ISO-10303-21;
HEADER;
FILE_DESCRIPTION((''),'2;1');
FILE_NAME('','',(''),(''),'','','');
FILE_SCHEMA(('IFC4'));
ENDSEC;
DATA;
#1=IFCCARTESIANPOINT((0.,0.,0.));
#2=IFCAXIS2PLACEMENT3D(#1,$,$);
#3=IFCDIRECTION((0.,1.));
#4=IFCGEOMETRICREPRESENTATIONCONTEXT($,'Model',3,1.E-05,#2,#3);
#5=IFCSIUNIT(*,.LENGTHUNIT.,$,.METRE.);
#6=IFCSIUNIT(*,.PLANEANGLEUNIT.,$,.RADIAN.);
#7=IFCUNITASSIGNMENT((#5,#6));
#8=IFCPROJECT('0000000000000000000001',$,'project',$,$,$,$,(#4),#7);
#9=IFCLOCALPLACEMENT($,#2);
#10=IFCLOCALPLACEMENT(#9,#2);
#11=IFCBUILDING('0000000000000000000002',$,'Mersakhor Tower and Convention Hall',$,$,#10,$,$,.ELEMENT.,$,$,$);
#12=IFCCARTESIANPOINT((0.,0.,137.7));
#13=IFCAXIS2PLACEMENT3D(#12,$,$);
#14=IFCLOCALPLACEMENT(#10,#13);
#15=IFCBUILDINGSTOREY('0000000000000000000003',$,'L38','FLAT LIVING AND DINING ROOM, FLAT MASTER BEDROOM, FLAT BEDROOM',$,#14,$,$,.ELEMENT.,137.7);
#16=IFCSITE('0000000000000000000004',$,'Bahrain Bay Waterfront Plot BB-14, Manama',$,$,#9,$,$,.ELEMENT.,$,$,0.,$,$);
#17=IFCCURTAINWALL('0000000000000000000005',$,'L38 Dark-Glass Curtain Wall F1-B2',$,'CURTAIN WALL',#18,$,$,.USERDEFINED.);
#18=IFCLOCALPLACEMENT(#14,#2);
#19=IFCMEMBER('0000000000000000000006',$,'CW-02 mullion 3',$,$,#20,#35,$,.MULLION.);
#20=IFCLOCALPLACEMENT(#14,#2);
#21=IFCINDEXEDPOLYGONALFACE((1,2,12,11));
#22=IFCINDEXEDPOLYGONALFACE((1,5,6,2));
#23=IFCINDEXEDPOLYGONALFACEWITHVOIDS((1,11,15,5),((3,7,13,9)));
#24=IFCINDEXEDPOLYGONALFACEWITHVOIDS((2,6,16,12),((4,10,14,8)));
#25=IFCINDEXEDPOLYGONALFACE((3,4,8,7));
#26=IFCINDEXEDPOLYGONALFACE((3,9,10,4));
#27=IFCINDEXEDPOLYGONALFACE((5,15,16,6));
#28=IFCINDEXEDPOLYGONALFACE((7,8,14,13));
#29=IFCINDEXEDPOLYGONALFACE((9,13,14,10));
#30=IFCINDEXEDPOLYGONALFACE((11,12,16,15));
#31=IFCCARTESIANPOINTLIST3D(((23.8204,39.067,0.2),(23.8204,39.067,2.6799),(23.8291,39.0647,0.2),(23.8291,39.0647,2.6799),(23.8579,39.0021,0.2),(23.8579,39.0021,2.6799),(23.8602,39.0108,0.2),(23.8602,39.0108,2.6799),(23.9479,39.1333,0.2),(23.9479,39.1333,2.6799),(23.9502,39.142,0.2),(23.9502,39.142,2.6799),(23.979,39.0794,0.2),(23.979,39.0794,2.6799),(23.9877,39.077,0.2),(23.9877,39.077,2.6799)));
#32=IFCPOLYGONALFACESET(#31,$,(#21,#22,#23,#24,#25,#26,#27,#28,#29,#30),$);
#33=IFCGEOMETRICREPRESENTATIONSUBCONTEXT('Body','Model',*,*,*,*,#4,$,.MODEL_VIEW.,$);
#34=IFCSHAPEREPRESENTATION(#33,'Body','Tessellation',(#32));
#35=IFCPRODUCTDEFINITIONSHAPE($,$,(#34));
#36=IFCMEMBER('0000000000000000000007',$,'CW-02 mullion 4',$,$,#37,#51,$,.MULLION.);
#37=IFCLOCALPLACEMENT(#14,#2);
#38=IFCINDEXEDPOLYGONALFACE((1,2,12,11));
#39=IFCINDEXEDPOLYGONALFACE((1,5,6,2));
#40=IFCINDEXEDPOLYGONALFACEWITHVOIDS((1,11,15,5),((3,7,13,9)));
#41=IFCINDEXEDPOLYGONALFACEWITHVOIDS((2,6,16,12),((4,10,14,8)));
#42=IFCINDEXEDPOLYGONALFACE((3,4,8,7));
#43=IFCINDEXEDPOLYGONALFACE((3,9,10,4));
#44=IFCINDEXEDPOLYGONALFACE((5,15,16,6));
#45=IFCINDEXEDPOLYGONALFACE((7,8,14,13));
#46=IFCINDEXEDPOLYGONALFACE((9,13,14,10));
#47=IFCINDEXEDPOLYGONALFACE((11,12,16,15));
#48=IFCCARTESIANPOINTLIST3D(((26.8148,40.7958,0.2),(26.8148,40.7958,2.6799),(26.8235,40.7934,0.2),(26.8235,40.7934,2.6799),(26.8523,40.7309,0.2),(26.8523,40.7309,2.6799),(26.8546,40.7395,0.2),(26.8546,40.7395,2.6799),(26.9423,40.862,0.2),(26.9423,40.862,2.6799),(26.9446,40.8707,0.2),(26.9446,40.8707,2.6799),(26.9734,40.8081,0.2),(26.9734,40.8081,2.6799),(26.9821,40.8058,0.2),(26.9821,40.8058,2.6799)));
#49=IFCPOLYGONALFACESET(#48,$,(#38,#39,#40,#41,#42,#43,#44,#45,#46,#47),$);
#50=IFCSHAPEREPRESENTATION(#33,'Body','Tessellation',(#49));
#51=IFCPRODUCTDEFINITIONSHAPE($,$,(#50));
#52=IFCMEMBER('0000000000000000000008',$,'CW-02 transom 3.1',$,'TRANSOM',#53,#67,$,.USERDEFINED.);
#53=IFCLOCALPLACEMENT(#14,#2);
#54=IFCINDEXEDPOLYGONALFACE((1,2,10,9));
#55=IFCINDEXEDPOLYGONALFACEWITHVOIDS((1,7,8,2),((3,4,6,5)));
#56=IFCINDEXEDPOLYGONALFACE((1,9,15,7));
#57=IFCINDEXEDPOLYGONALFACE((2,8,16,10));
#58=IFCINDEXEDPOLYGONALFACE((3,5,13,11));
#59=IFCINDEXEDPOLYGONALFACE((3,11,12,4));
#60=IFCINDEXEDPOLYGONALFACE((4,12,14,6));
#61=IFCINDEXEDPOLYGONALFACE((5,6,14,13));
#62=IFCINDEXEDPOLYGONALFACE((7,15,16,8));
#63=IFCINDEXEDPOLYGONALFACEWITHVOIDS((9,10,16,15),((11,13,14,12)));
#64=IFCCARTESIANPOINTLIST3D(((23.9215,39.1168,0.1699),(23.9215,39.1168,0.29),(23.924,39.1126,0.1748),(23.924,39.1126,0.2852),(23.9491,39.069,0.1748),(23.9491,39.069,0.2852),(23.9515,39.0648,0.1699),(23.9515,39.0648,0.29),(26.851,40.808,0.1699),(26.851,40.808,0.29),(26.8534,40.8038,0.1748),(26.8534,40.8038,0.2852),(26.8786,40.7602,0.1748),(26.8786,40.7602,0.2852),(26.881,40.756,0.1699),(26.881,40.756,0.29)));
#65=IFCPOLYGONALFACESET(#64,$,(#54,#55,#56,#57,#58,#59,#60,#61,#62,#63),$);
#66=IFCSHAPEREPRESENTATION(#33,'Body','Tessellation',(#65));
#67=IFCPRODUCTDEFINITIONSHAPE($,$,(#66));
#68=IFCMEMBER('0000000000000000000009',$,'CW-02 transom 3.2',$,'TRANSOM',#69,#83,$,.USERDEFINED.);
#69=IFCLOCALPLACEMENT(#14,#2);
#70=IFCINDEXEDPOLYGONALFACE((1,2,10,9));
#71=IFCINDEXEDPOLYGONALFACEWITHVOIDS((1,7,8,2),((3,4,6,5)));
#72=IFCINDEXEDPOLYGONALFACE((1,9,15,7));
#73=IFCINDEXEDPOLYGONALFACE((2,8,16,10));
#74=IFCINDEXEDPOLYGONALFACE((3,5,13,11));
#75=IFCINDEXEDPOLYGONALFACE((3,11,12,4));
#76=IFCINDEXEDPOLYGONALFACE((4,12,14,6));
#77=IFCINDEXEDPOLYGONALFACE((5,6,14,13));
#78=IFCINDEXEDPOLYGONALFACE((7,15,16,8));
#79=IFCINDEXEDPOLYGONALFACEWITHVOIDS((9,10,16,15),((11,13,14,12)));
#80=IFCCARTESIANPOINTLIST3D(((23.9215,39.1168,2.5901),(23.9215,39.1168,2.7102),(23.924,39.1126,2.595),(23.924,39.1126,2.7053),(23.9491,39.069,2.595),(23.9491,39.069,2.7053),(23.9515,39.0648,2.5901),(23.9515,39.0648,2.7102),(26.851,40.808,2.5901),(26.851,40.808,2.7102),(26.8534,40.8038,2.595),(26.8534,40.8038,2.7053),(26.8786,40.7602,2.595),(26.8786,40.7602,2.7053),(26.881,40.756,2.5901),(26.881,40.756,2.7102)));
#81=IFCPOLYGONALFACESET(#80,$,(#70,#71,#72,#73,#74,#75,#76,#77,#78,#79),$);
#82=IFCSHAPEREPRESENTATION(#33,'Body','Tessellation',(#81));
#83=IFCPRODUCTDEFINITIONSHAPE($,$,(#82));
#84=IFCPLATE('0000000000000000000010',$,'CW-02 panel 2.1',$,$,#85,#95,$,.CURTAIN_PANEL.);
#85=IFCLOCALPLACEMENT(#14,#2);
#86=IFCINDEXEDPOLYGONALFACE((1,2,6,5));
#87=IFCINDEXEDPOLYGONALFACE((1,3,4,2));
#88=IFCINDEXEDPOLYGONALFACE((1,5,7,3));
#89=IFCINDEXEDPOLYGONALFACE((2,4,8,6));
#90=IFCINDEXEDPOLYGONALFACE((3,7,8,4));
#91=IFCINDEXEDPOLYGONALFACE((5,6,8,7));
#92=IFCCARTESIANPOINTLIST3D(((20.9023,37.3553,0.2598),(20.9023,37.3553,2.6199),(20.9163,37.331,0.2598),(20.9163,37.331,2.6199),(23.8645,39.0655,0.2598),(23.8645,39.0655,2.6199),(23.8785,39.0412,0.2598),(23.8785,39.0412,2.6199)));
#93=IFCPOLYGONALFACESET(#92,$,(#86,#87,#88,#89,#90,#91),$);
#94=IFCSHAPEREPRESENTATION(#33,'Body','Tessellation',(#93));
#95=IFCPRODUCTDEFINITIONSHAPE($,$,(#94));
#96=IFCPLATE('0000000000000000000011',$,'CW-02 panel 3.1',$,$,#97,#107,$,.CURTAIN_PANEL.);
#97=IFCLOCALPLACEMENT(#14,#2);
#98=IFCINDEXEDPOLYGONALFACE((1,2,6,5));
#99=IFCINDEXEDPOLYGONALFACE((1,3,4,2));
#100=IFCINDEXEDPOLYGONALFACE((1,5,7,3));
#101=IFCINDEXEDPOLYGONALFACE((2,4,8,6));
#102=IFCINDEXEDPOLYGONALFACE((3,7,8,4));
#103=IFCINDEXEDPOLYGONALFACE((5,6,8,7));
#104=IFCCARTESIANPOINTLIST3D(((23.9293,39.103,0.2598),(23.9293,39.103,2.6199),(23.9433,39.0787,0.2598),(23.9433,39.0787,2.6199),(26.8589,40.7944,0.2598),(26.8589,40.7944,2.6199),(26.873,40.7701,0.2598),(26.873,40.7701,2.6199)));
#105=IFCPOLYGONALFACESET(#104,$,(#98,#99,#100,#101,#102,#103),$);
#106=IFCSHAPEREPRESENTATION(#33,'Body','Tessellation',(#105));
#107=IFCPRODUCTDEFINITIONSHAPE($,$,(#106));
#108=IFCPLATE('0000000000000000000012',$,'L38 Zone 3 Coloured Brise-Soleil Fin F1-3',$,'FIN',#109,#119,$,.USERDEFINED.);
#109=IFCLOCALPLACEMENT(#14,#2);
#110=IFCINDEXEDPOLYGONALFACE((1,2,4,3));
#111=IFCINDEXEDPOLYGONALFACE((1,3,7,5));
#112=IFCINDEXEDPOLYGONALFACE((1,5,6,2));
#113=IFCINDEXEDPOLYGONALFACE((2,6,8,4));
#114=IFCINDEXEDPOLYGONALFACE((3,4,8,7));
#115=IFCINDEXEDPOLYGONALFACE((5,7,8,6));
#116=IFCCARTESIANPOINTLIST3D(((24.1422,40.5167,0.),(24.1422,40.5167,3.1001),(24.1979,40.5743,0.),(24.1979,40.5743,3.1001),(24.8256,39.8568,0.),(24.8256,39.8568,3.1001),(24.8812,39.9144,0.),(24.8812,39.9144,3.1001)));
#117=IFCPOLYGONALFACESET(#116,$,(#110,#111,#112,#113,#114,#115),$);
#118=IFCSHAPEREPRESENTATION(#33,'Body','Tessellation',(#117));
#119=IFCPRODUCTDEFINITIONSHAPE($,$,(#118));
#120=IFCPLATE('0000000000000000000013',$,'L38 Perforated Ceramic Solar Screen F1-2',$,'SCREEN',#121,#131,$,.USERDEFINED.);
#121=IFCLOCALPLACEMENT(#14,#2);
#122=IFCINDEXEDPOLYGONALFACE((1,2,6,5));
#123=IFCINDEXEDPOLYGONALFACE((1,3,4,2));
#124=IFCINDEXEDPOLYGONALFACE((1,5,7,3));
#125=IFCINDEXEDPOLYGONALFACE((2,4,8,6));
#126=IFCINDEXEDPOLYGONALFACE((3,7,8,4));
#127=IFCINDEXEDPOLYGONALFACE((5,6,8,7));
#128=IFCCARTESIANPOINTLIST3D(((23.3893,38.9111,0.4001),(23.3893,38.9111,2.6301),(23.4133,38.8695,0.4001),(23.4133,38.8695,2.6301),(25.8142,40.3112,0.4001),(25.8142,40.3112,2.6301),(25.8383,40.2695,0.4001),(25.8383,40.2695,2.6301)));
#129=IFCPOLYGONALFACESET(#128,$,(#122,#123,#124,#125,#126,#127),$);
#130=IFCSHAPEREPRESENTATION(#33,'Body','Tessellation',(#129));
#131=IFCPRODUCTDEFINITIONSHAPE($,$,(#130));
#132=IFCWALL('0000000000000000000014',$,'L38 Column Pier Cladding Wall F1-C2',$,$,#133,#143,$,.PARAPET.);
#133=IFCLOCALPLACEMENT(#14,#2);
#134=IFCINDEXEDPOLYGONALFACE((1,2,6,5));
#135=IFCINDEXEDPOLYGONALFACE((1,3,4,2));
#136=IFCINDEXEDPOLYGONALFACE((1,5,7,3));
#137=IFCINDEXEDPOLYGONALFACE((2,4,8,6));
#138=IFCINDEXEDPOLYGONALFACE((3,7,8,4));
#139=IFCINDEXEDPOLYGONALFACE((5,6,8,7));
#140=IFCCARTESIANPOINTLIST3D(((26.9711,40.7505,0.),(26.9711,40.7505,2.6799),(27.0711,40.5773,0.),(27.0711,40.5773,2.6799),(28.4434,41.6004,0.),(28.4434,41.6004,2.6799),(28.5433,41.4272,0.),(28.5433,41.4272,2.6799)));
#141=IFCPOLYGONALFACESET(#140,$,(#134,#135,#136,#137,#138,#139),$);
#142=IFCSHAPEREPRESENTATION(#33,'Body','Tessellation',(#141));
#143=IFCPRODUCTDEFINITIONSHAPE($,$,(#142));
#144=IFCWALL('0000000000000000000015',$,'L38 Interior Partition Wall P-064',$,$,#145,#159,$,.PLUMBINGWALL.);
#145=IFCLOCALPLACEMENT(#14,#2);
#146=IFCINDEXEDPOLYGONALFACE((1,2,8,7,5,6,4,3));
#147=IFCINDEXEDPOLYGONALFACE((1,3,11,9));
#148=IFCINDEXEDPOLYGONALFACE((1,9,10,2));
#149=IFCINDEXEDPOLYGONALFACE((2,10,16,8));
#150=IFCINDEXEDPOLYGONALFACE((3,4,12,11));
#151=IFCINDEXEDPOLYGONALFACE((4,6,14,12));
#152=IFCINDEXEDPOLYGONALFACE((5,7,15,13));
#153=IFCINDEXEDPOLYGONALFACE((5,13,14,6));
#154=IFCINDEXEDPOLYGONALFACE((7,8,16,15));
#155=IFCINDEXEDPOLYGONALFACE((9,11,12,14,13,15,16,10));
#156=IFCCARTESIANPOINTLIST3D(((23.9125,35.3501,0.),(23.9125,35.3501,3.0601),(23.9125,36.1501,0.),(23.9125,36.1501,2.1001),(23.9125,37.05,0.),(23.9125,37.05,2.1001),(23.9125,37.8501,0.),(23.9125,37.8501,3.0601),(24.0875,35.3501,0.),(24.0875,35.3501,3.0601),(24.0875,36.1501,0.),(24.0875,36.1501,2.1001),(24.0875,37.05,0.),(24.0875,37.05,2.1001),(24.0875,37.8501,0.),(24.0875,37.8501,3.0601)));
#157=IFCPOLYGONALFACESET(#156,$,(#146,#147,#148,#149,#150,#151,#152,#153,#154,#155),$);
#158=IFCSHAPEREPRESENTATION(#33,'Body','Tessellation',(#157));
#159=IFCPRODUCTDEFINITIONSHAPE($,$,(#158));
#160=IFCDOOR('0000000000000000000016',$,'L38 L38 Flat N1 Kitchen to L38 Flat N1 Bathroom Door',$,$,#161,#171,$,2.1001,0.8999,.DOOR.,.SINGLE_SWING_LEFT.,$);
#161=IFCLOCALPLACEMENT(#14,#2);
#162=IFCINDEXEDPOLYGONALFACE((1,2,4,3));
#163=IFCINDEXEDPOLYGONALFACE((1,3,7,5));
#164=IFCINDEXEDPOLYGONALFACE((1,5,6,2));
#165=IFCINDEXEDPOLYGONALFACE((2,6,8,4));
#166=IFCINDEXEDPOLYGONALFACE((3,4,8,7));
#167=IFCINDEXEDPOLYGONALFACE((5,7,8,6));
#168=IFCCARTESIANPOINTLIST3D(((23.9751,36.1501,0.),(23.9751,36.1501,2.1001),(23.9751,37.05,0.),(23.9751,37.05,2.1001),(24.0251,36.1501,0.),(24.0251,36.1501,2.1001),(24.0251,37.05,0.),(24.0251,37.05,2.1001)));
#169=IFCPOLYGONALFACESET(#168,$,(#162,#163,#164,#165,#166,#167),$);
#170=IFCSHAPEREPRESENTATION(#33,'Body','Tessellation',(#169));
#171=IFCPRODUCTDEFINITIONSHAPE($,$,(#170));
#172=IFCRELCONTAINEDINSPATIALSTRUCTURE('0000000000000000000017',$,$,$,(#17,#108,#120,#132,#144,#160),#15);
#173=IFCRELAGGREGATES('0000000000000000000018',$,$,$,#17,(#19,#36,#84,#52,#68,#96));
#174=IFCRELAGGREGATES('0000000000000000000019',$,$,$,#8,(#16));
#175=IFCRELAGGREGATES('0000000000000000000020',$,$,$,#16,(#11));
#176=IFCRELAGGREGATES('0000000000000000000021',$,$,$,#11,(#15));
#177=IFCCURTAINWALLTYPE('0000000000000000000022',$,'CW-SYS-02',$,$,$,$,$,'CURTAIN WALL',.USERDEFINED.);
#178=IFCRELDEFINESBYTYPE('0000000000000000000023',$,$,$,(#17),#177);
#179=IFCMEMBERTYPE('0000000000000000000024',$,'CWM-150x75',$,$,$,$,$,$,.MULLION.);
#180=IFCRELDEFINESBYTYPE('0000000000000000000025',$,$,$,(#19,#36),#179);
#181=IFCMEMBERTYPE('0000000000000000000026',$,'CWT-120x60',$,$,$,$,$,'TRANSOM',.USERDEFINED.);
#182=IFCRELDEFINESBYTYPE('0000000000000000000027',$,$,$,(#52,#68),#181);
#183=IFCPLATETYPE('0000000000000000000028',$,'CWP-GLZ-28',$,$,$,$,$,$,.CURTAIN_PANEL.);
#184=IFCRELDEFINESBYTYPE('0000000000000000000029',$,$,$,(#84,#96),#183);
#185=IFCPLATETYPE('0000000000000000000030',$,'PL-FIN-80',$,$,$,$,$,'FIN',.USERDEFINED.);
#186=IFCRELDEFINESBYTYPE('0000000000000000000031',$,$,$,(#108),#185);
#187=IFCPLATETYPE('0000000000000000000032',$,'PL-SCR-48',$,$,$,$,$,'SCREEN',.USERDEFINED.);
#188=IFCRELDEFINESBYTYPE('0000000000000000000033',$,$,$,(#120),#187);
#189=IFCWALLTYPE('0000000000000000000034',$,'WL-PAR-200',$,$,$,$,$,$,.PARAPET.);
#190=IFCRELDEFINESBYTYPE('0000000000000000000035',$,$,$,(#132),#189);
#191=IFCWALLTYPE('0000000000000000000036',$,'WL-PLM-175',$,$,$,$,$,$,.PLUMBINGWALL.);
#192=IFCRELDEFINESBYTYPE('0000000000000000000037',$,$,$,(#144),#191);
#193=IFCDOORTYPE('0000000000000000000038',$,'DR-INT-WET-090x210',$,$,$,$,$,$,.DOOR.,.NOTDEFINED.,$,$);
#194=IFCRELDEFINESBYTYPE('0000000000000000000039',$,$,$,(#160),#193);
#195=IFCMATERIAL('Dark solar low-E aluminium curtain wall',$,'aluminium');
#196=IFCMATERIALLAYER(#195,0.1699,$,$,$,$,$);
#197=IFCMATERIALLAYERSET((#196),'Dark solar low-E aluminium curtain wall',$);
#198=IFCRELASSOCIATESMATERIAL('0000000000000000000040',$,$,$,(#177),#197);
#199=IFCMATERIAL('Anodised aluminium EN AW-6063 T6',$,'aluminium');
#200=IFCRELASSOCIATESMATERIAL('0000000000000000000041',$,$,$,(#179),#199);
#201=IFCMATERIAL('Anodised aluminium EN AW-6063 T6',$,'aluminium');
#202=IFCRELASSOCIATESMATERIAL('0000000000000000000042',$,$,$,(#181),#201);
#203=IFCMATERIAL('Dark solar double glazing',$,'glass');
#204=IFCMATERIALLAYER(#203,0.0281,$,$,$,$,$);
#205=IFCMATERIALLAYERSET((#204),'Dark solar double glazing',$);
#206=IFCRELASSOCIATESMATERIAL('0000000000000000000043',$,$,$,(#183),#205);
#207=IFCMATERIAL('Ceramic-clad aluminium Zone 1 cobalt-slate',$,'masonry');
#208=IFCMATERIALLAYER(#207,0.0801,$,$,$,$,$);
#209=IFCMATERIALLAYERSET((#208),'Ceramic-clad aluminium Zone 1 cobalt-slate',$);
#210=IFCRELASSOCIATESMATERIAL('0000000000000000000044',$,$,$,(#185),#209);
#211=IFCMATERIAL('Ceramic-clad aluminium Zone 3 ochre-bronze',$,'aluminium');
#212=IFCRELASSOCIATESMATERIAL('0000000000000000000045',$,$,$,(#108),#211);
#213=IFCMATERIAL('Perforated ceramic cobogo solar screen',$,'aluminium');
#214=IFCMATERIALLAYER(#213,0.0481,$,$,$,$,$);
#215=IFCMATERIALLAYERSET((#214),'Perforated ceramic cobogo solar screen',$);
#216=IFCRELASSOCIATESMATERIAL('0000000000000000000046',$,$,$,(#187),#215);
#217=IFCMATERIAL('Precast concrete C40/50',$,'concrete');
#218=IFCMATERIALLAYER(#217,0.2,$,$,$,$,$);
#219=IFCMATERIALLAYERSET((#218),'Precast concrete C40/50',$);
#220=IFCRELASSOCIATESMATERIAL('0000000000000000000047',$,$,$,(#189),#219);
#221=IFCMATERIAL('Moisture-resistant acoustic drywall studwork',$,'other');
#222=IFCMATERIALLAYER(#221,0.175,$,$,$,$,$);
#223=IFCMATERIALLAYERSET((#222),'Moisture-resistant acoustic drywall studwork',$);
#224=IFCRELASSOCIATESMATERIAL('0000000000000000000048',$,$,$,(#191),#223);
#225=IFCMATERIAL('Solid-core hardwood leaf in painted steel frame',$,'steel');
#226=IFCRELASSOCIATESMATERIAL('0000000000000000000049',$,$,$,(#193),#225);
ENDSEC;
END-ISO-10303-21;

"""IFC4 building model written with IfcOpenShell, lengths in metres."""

from ifc_helpers import new_model, si_unit, direction, frame, frame_2d, origin, origin_2d, place, context, subcontext, project, spatial, rectangle, hollow_rectangle, extrude, material, layer, layer_set, material_profile, profile_set, type_object, element, fill, aggregate, save


model = new_model("IFC4")

# Units and contexts
model_context = context("Model", 3, precision=1e-05, world=origin(), true_north=direction((0.0, 1.0)))
body_context = subcontext(model_context, "Body", "Model", "MODEL_VIEW")
ifc_project = project(units=[si_unit("LENGTHUNIT", "METRE"), si_unit("PLANEANGLEUNIT", "RADIAN")], contexts=[model_context])

# Site, building, storey
site_placement = place(None, origin())
site = spatial("IfcSite", under=ifc_project, at=site_placement, Name="Bahrain Bay Waterfront Plot BB-14, Manama", CompositionType="ELEMENT", RefElevation=0.0)
building_placement = place(site_placement, origin())
building = spatial("IfcBuilding", under=site, at=building_placement, Name="Mersakhor Tower and Convention Hall", CompositionType="ELEMENT")
storey_placement = place(building_placement, frame((0.0, 0.0, 137.7)))
storey = spatial("IfcBuildingStorey", under=building, at=storey_placement, Name="L38", Description="FLAT LIVING AND DINING ROOM, FLAT MASTER BEDROOM, FLAT BEDROOM", CompositionType="ELEMENT", Elevation=137.7)

# Curtain wall, members, plates
ifc_material_1 = material(Name="Dark solar low-E aluminium curtain wall", Category="aluminium")
ifc_layer_1 = layer(ifc_material_1, 0.1699)
ifc_layer_set_1 = layer_set([ifc_layer_1], Name="Dark solar low-E aluminium curtain wall")
curtain_wall_type = type_object("IfcCurtainWallType", Name="CW-SYS-02", ElementType="CURTAIN WALL", PredefinedType="USERDEFINED", material=ifc_layer_set_1)
curtain_wall_placement = place(storey_placement, origin())
curtain_wall = element("IfcCurtainWall", 1, at=curtain_wall_placement, inside=storey, type_object=curtain_wall_type, Name="L38 Dark-Glass Curtain Wall F1-B2", ObjectType="CURTAIN WALL", PredefinedType="USERDEFINED")
ifc_material_2 = material(Name="Anodised aluminium EN AW-6063 T6", Category="aluminium")
ifc_material_profile_1 = material_profile(ifc_material_2, hollow_rectangle(XDim=0.075, YDim=0.1499, WallThickness=0.0063, at=origin_2d()), Name="RHS 150x75x6.3")
ifc_profile_set_1 = profile_set([ifc_material_profile_1], Name="Anodised aluminium EN AW-6063 T6")
member_type_1 = type_object("IfcMemberType", Name="CWM-150x75", PredefinedType="MULLION", material=ifc_profile_set_1)
member_1_placement = place(storey_placement, frame((23.9041, 39.072, 0.2), z_axis=(0.0, 0.0, 1.0), x_axis=(-0.49999, 0.866031, 0.0)))
member_1 = element("IfcMember", 2, at=member_1_placement, type_object=member_type_1, Name="CW-02 mullion 3", PredefinedType="MULLION", context=body_context, shape_type="SweptSolid", body=[
    extrude(hollow_rectangle(XDim=0.075, YDim=0.1499, WallThickness=0.0063, at=origin_2d()), origin(), (0.0, 0.0, 1.0), 2.48),
])
member_2_placement = place(storey_placement, frame((26.8984, 40.8008, 0.2), z_axis=(0.0, 0.0, 1.0), x_axis=(-0.49999, 0.866031, 0.0)))
member_2 = element("IfcMember", 3, at=member_2_placement, type_object=member_type_1, Name="CW-02 mullion 4", PredefinedType="MULLION", context=body_context, shape_type="SweptSolid", body=[
    extrude(hollow_rectangle(XDim=0.075, YDim=0.1499, WallThickness=0.0063, at=origin_2d()), origin(), (0.0, 0.0, 1.0), 2.48),
])
ifc_material_3 = material(Name="Anodised aluminium EN AW-6063 T6", Category="aluminium")
ifc_material_profile_2 = material_profile(ifc_material_3, hollow_rectangle(XDim=0.0601, YDim=0.1201, WallThickness=0.0049, at=origin_2d()), Name="RHS 120x60x5")
ifc_profile_set_2 = profile_set([ifc_material_profile_2], Name="Anodised aluminium EN AW-6063 T6")
member_type_2 = type_object("IfcMemberType", Name="CWT-120x60", ElementType="TRANSOM", PredefinedType="USERDEFINED", material=ifc_profile_set_2)
member_3_placement = place(storey_placement, frame((23.9365, 39.0908, 0.23), z_axis=(0.866045, 0.499966, 0.0), x_axis=(-0.499966, 0.866045, 0.0)))
member_3 = element("IfcMember", 4, at=member_3_placement, type_object=member_type_2, Name="CW-02 transom 3.1", ObjectType="TRANSOM", PredefinedType="USERDEFINED", context=body_context, shape_type="SweptSolid", body=[
    extrude(hollow_rectangle(XDim=0.0601, YDim=0.1201, WallThickness=0.0049, at=origin_2d()), origin(), (0.0, 0.0, 1.0), 3.3826),
])
member_4_placement = place(storey_placement, frame((23.9365, 39.0908, 2.6501), z_axis=(0.866045, 0.499966, 0.0), x_axis=(-0.499966, 0.866045, 0.0)))
member_4 = element("IfcMember", 5, at=member_4_placement, type_object=member_type_2, Name="CW-02 transom 3.2", ObjectType="TRANSOM", PredefinedType="USERDEFINED", context=body_context, shape_type="SweptSolid", body=[
    extrude(hollow_rectangle(XDim=0.0601, YDim=0.1201, WallThickness=0.0049, at=origin_2d()), origin(), (0.0, 0.0, 1.0), 3.3826),
])
ifc_material_4 = material(Name="Dark solar double glazing", Category="glass")
ifc_layer_2 = layer(ifc_material_4, 0.0281)
ifc_layer_set_2 = layer_set([ifc_layer_2], Name="Dark solar double glazing")
plate_type_1 = type_object("IfcPlateType", Name="CWP-GLZ-28", PredefinedType="CURTAIN_PANEL", material=ifc_layer_set_2)
plate_1_placement = place(storey_placement, frame((22.3904, 38.1982, 0.2598), z_axis=(0.0, 0.0, 1.0), x_axis=(0.866031, 0.49999, 0.0)))
plate_1 = element("IfcPlate", 6, at=plate_1_placement, type_object=plate_type_1, Name="CW-02 panel 2.1", PredefinedType="CURTAIN_PANEL", context=body_context, shape_type="SweptSolid", body=[
    extrude(rectangle(XDim=3.4204, YDim=0.0281, at=origin_2d()), origin(), (0.0, 0.0, 1.0), 2.3601),
])
plate_2_placement = place(storey_placement, frame((25.4011, 39.9365, 0.2598), z_axis=(0.0, 0.0, 1.0), x_axis=(0.866031, 0.49999, 0.0)))
plate_2 = element("IfcPlate", 7, at=plate_2_placement, type_object=plate_type_1, Name="CW-02 panel 3.1", PredefinedType="CURTAIN_PANEL", context=body_context, shape_type="SweptSolid", body=[
    extrude(rectangle(XDim=3.3828, YDim=0.0281, at=origin_2d()), origin(), (0.0, 0.0, 1.0), 2.3601),
])
aggregate(curtain_wall, [member_1, member_2, plate_1, member_3, member_4, plate_2])

# Plates
ifc_material_5 = material(Name="Ceramic-clad aluminium Zone 3 ochre-bronze", Category="aluminium")
ifc_material_6 = material(Name="Ceramic-clad aluminium Zone 1 cobalt-slate", Category="masonry")
ifc_layer_3 = layer(ifc_material_6, 0.0801)
ifc_layer_set_3 = layer_set([ifc_layer_3], Name="Ceramic-clad aluminium Zone 1 cobalt-slate")
plate_type_2 = type_object("IfcPlateType", Name="PL-FIN-80", ElementType="FIN", PredefinedType="USERDEFINED", material=ifc_layer_set_3)
plate_3_placement = place(storey_placement, frame((24.5117, 40.2156, 0.0), z_axis=(0.0, 0.0, 1.0), x_axis=(-0.71934, 0.694658, 0.0)))
element("IfcPlate", 8, at=plate_3_placement, inside=storey, type_object=plate_type_2, material=ifc_material_5, Name="L38 Zone 3 Coloured Brise-Soleil Fin F1-3", ObjectType="FIN", PredefinedType="USERDEFINED", context=body_context, shape_type="SweptSolid", body=[
    extrude(rectangle(XDim=0.95, YDim=0.0801, at=origin_2d()), origin(), (0.0, 0.0, 1.0), 3.1001),
])
ifc_material_7 = material(Name="Perforated ceramic cobogo solar screen", Category="aluminium")
ifc_layer_4 = layer(ifc_material_7, 0.0481)
ifc_layer_set_4 = layer_set([ifc_layer_4], Name="Perforated ceramic cobogo solar screen")
plate_type_3 = type_object("IfcPlateType", Name="PL-SCR-48", ElementType="SCREEN", PredefinedType="USERDEFINED", material=ifc_layer_set_4)
plate_4_placement = place(storey_placement, frame((24.6138, 39.5903, 0.4001), z_axis=(0.0, 0.0, 1.0), x_axis=(0.866025, 0.5, 0.0)))
element("IfcPlate", 9, at=plate_4_placement, inside=storey, type_object=plate_type_3, Name="L38 Perforated Ceramic Solar Screen F1-2", ObjectType="SCREEN", PredefinedType="USERDEFINED", context=body_context, shape_type="SweptSolid", body=[
    extrude(rectangle(XDim=2.8, YDim=0.0481, at=origin_2d()), origin(), (0.0, 0.0, 1.0), 2.23),
])

# Wall
ifc_material_8 = material(Name="Precast concrete C40/50", Category="concrete")
ifc_layer_5 = layer(ifc_material_8, 0.2)
ifc_layer_set_5 = layer_set([ifc_layer_5], Name="Precast concrete C40/50")
wall_type_1 = type_object("IfcWallType", Name="WL-PAR-200", PredefinedType="PARAPET", material=ifc_layer_set_5)
wall_1_placement = place(storey_placement, frame((27.021, 40.6638, 0.0), z_axis=(0.0, 0.0, 1.0), x_axis=(0.866052, 0.499955, 0.0)))
element("IfcWall", 10, at=wall_1_placement, inside=storey, type_object=wall_type_1, Name="L38 Column Pier Cladding Wall F1-C2", PredefinedType="PARAPET", context=body_context, shape_type="SweptSolid", body=[
    extrude(rectangle(XDim=1.7, YDim=0.2, at=frame_2d((0.8501, 0.0))), origin(), (0.0, 0.0, 1.0), 2.6799),
])

# Wall, opening, door
ifc_material_9 = material(Name="Moisture-resistant acoustic drywall studwork", Category="other")
ifc_layer_6 = layer(ifc_material_9, 0.175)
ifc_layer_set_6 = layer_set([ifc_layer_6], Name="Moisture-resistant acoustic drywall studwork")
wall_type_2 = type_object("IfcWallType", Name="WL-PLM-175", PredefinedType="PLUMBINGWALL", material=ifc_layer_set_6)
wall_2_placement = place(storey_placement, frame((24.0, 35.3501, 0.0), z_axis=(0.0, 0.0, 1.0), x_axis=(0.0, 1.0, 0.0)))
wall_2 = element("IfcWall", 11, at=wall_2_placement, inside=storey, type_object=wall_type_2, Name="L38 Interior Partition Wall P-064", PredefinedType="PLUMBINGWALL", context=body_context, shape_type="SweptSolid", body=[
    extrude(rectangle(XDim=2.5, YDim=0.175, at=frame_2d((1.25, 0.0))), origin(), (0.0, 0.0, 1.0), 3.0601),
])
opening_1_placement = place(wall_2_placement, frame((0.8, 0.0, 0.0)))
opening_1 = element("IfcOpeningElement", 12, at=opening_1_placement, cuts=wall_2, PredefinedType="OPENING", context=body_context, shape_type="SweptSolid", body=[
    extrude(rectangle(XDim=0.8999, YDim=2.1001, at=frame_2d((0.45, 1.05))), frame((0.0, 0.0974, 0.0), z_axis=(0.0, -1.0, 0.0), x_axis=(1.0, 0.0, 0.0)), (0.0, 0.0, 1.0), 0.1951),
])
ifc_material_10 = material(Name="Solid-core hardwood leaf in painted steel frame", Category="steel")
door_type_1 = type_object("IfcDoorType", Name="DR-INT-WET-090x210", OperationType="NOTDEFINED", PredefinedType="DOOR", material=ifc_material_10)
door_1_placement = place(opening_1_placement, origin())
door_1 = element("IfcDoor", 13, at=door_1_placement, inside=storey, type_object=door_type_1, Name="L38 L38 Flat N1 Kitchen to L38 Flat N1 Bathroom Door", OperationType="SINGLE_SWING_LEFT", OverallHeight=2.1001, OverallWidth=0.8999, PredefinedType="DOOR", context=body_context, shape_type="SweptSolid", body=[
    extrude(rectangle(XDim=0.8999, YDim=2.1001, at=frame_2d((0.45, 1.05))), frame((0.0, 0.0249, 0.0), z_axis=(0.0, -1.0, 0.0), x_axis=(1.0, 0.0, 0.0)), (0.0, 0.0, 1.0), 0.05),
])
fill(opening_1, door_1)

save(model, "model.ifc")
